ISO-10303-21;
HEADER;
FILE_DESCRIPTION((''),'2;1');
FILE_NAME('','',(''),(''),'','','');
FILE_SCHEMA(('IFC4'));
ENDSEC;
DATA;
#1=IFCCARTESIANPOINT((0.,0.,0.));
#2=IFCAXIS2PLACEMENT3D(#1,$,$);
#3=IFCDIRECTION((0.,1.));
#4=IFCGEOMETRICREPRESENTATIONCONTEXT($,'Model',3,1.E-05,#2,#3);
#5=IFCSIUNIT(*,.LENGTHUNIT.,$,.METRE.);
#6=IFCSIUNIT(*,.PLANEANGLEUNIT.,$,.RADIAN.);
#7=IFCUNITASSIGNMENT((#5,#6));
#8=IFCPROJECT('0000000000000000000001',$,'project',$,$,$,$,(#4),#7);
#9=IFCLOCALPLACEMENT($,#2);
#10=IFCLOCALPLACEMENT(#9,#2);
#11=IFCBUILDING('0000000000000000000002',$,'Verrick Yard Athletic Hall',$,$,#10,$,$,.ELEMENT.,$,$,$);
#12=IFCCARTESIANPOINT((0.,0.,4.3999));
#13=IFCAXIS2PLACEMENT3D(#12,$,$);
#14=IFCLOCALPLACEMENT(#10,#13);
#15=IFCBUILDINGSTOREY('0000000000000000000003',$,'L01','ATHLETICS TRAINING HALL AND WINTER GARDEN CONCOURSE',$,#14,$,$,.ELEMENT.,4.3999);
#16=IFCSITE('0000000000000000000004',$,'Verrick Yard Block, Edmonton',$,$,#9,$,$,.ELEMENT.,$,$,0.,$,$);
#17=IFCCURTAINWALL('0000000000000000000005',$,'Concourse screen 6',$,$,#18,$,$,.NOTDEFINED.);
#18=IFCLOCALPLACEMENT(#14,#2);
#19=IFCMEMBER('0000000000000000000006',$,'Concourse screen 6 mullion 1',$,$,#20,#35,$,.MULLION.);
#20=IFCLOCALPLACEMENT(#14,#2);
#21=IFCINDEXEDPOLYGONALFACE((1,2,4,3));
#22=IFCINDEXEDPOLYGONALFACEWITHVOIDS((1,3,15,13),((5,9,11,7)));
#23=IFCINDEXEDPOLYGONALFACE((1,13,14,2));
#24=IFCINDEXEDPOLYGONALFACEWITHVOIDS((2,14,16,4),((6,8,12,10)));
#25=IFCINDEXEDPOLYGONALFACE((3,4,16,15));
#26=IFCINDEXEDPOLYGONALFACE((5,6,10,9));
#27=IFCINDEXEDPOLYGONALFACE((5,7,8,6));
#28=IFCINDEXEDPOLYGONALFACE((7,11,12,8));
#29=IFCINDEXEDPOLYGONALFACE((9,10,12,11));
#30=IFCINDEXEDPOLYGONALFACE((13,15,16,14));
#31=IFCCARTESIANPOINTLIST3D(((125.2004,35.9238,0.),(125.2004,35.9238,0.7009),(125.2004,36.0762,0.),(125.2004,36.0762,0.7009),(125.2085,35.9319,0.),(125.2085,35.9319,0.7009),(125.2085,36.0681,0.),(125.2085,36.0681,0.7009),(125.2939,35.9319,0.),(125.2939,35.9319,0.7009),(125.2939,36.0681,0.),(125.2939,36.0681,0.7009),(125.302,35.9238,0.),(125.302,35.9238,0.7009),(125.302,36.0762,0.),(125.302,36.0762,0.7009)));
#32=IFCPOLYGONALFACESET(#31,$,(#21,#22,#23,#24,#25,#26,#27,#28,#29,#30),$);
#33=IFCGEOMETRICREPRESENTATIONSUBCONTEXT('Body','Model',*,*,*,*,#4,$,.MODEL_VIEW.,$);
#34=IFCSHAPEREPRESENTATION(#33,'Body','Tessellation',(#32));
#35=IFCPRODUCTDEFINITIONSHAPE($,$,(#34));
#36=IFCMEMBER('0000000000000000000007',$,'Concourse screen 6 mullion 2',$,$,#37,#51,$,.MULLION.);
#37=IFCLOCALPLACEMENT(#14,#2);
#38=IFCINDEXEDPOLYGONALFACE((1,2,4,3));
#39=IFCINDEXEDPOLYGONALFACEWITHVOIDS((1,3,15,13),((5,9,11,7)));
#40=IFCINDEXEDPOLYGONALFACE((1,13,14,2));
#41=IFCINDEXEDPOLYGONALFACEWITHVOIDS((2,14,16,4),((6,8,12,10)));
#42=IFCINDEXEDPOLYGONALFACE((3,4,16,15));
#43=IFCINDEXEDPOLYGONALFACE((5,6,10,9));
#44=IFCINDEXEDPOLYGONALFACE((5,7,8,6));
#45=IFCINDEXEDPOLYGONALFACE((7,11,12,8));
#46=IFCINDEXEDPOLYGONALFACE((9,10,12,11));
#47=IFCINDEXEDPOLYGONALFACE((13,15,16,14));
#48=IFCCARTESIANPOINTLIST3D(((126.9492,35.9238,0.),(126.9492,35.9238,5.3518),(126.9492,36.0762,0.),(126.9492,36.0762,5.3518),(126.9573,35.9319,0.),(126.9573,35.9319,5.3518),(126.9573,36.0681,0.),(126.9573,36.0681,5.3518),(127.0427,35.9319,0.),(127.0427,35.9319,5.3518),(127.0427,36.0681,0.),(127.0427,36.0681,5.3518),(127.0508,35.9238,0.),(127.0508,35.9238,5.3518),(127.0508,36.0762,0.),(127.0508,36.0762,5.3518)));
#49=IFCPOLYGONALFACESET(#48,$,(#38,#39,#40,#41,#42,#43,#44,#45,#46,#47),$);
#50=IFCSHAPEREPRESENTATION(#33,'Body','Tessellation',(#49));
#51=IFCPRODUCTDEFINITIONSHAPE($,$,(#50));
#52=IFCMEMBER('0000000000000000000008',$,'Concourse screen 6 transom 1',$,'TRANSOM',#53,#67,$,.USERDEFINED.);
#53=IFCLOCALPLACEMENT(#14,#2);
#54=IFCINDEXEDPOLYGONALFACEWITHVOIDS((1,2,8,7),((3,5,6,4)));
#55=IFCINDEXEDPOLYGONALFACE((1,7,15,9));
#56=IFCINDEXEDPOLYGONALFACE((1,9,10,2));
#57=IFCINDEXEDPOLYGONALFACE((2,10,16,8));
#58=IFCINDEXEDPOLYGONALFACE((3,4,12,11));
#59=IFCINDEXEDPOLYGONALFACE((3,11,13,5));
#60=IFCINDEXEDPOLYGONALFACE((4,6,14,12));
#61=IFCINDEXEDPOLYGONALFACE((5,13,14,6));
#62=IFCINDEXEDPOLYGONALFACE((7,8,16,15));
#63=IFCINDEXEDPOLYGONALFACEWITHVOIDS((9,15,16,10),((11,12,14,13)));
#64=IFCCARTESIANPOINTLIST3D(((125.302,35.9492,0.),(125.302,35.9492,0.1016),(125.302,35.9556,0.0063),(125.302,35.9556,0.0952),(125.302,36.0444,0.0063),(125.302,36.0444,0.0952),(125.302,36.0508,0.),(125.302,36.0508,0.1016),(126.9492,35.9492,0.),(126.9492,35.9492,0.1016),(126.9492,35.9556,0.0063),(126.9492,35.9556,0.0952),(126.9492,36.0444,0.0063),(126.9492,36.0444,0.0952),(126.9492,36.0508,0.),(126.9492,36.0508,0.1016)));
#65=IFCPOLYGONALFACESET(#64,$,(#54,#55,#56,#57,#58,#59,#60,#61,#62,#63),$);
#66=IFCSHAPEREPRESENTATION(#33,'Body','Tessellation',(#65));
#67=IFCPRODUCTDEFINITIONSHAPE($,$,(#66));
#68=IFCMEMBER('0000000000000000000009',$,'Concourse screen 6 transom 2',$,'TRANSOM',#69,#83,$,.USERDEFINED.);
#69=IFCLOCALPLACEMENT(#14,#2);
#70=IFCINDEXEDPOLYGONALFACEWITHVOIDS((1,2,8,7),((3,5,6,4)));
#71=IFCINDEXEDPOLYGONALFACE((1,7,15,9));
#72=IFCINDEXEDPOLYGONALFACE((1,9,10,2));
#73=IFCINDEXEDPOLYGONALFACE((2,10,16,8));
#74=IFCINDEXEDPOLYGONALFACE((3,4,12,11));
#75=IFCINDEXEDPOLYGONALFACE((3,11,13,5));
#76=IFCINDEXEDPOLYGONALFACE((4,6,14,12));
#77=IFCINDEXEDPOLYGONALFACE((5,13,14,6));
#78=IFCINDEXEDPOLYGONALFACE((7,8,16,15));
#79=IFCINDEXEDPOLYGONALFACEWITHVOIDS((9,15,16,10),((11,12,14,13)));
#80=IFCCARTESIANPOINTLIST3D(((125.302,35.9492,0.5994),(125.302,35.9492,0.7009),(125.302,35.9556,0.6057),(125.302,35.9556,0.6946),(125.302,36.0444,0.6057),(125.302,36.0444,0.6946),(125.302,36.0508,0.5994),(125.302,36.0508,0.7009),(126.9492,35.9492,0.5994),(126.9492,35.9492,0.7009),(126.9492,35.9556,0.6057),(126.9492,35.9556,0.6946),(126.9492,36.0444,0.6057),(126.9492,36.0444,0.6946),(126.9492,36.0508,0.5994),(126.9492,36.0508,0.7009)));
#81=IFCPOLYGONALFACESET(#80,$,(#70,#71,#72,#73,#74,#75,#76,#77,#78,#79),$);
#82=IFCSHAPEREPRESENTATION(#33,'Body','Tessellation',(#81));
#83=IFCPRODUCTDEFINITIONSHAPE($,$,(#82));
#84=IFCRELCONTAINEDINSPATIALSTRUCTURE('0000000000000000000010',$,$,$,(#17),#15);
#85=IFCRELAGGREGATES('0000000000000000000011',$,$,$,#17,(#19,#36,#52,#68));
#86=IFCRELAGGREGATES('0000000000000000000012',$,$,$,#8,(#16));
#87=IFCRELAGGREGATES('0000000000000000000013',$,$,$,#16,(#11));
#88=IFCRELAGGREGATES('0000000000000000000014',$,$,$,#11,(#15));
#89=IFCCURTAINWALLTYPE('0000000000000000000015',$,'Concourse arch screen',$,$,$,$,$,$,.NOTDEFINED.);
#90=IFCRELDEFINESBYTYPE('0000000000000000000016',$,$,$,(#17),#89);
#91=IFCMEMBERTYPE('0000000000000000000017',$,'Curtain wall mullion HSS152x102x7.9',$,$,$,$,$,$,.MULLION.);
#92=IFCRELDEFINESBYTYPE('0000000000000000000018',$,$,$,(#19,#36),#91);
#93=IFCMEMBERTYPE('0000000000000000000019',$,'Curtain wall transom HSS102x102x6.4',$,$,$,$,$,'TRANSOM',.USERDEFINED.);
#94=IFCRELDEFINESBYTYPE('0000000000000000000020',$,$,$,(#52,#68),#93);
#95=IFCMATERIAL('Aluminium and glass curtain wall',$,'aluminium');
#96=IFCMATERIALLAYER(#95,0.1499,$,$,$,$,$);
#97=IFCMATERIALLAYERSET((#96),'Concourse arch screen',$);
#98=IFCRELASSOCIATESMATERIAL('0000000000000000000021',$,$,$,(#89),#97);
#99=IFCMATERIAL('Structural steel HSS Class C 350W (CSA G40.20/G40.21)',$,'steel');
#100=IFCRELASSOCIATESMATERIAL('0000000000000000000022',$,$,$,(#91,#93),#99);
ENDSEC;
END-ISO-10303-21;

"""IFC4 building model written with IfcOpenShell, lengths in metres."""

from ifc_helpers import new_model, si_unit, direction, frame, origin, origin_2d, place, context, subcontext, project, spatial, hollow_rectangle, extrude, material, layer, layer_set, material_profile, profile_set, type_object, element, aggregate, save


model = new_model("IFC4")

# Units and contexts
model_context = context("Model", 3, precision=1e-05, world=origin(), true_north=direction((0.0, 1.0)))
body_context = subcontext(model_context, "Body", "Model", "MODEL_VIEW")
ifc_project = project(units=[si_unit("LENGTHUNIT", "METRE"), si_unit("PLANEANGLEUNIT", "RADIAN")], contexts=[model_context])

# Site, building, storey
site_placement = place(None, origin())
site = spatial("IfcSite", under=ifc_project, at=site_placement, Name="Verrick Yard Block, Edmonton", CompositionType="ELEMENT", RefElevation=0.0)
building_placement = place(site_placement, origin())
building = spatial("IfcBuilding", under=site, at=building_placement, Name="Verrick Yard Athletic Hall", CompositionType="ELEMENT")
storey_placement = place(building_placement, frame((0.0, 0.0, 4.3999)))
storey = spatial("IfcBuildingStorey", under=building, at=storey_placement, Name="L01", Description="ATHLETICS TRAINING HALL AND WINTER GARDEN CONCOURSE", CompositionType="ELEMENT", Elevation=4.3999)

# Curtain wall, members
ifc_material_1 = material(Name="Aluminium and glass curtain wall", Category="aluminium")
ifc_layer_1 = layer(ifc_material_1, 0.1499)
ifc_layer_set_1 = layer_set([ifc_layer_1], Name="Concourse arch screen")
curtain_wall_type = type_object("IfcCurtainWallType", Name="Concourse arch screen", PredefinedType="NOTDEFINED", material=ifc_layer_set_1)
curtain_wall_placement = place(storey_placement, origin())
curtain_wall = element("IfcCurtainWall", 1, at=curtain_wall_placement, inside=storey, type_object=curtain_wall_type, Name="Concourse screen 6", PredefinedType="NOTDEFINED")
ifc_material_2 = material(Name="Structural steel HSS Class C 350W (CSA G40.20/G40.21)", Category="steel")
ifc_material_profile_1 = material_profile(ifc_material_2, hollow_rectangle(XDim=0.1016, YDim=0.1523, WallThickness=0.0081, at=origin_2d()), Name="HSS152x102x7.9")
ifc_profile_set_1 = profile_set([ifc_material_profile_1], Name="Structural steel HSS Class C 350W (CSA G40.20/G40.21)")
member_type_1 = type_object("IfcMemberType", Name="Curtain wall mullion HSS152x102x7.9", PredefinedType="MULLION", material=ifc_profile_set_1)
member_1_placement = place(storey_placement, frame((125.2512, 36.0, 0.0), z_axis=(0.0, 0.0, 1.0), x_axis=(1.0, 0.0, 0.0)))
member_1 = element("IfcMember", 2, at=member_1_placement, type_object=member_type_1, Name="Concourse screen 6 mullion 1", PredefinedType="MULLION", context=body_context, shape_type="SweptSolid", body=[
    extrude(hollow_rectangle(XDim=0.1016, YDim=0.1523, WallThickness=0.0081, at=origin_2d()), origin(), (0.0, 0.0, 1.0), 0.7009),
])
member_2_placement = place(storey_placement, frame((127.0, 36.0, 0.0), z_axis=(0.0, 0.0, 1.0), x_axis=(1.0, 0.0, 0.0)))
member_2 = element("IfcMember", 3, at=member_2_placement, type_object=member_type_1, Name="Concourse screen 6 mullion 2", PredefinedType="MULLION", context=body_context, shape_type="SweptSolid", body=[
    extrude(hollow_rectangle(XDim=0.1016, YDim=0.1523, WallThickness=0.0081, at=origin_2d()), origin(), (0.0, 0.0, 1.0), 5.3518),
])
ifc_material_profile_2 = material_profile(ifc_material_2, hollow_rectangle(XDim=0.1016, YDim=0.1016, WallThickness=0.0063, at=origin_2d()), Name="HSS102x102x6.4")
ifc_profile_set_2 = profile_set([ifc_material_profile_2], Name="Structural steel HSS Class C 350W (CSA G40.20/G40.21)")
member_type_2 = type_object("IfcMemberType", Name="Curtain wall transom HSS102x102x6.4", ElementType="TRANSOM", PredefinedType="USERDEFINED", material=ifc_profile_set_2)
member_3_placement = place(storey_placement, frame((125.302, 36.0, 0.0508), z_axis=(1.0, 0.0, 0.0), x_axis=(0.0, 1.0, 0.0)))
member_3 = element("IfcMember", 4, at=member_3_placement, type_object=member_type_2, Name="Concourse screen 6 transom 1", ObjectType="TRANSOM", PredefinedType="USERDEFINED", context=body_context, shape_type="SweptSolid", body=[
    extrude(hollow_rectangle(XDim=0.1016, YDim=0.1016, WallThickness=0.0063, at=origin_2d()), origin(), (0.0, 0.0, 1.0), 1.6472),
])
member_4_placement = place(storey_placement, frame((125.302, 36.0, 0.6501), z_axis=(1.0, 0.0, 0.0), x_axis=(0.0, 1.0, 0.0)))
member_4 = element("IfcMember", 5, at=member_4_placement, type_object=member_type_2, Name="Concourse screen 6 transom 2", ObjectType="TRANSOM", PredefinedType="USERDEFINED", context=body_context, shape_type="SweptSolid", body=[
    extrude(hollow_rectangle(XDim=0.1016, YDim=0.1016, WallThickness=0.0063, at=origin_2d()), origin(), (0.0, 0.0, 1.0), 1.6472),
])
aggregate(curtain_wall, [member_1, member_2, member_3, member_4])

save(model, "model.ifc")
